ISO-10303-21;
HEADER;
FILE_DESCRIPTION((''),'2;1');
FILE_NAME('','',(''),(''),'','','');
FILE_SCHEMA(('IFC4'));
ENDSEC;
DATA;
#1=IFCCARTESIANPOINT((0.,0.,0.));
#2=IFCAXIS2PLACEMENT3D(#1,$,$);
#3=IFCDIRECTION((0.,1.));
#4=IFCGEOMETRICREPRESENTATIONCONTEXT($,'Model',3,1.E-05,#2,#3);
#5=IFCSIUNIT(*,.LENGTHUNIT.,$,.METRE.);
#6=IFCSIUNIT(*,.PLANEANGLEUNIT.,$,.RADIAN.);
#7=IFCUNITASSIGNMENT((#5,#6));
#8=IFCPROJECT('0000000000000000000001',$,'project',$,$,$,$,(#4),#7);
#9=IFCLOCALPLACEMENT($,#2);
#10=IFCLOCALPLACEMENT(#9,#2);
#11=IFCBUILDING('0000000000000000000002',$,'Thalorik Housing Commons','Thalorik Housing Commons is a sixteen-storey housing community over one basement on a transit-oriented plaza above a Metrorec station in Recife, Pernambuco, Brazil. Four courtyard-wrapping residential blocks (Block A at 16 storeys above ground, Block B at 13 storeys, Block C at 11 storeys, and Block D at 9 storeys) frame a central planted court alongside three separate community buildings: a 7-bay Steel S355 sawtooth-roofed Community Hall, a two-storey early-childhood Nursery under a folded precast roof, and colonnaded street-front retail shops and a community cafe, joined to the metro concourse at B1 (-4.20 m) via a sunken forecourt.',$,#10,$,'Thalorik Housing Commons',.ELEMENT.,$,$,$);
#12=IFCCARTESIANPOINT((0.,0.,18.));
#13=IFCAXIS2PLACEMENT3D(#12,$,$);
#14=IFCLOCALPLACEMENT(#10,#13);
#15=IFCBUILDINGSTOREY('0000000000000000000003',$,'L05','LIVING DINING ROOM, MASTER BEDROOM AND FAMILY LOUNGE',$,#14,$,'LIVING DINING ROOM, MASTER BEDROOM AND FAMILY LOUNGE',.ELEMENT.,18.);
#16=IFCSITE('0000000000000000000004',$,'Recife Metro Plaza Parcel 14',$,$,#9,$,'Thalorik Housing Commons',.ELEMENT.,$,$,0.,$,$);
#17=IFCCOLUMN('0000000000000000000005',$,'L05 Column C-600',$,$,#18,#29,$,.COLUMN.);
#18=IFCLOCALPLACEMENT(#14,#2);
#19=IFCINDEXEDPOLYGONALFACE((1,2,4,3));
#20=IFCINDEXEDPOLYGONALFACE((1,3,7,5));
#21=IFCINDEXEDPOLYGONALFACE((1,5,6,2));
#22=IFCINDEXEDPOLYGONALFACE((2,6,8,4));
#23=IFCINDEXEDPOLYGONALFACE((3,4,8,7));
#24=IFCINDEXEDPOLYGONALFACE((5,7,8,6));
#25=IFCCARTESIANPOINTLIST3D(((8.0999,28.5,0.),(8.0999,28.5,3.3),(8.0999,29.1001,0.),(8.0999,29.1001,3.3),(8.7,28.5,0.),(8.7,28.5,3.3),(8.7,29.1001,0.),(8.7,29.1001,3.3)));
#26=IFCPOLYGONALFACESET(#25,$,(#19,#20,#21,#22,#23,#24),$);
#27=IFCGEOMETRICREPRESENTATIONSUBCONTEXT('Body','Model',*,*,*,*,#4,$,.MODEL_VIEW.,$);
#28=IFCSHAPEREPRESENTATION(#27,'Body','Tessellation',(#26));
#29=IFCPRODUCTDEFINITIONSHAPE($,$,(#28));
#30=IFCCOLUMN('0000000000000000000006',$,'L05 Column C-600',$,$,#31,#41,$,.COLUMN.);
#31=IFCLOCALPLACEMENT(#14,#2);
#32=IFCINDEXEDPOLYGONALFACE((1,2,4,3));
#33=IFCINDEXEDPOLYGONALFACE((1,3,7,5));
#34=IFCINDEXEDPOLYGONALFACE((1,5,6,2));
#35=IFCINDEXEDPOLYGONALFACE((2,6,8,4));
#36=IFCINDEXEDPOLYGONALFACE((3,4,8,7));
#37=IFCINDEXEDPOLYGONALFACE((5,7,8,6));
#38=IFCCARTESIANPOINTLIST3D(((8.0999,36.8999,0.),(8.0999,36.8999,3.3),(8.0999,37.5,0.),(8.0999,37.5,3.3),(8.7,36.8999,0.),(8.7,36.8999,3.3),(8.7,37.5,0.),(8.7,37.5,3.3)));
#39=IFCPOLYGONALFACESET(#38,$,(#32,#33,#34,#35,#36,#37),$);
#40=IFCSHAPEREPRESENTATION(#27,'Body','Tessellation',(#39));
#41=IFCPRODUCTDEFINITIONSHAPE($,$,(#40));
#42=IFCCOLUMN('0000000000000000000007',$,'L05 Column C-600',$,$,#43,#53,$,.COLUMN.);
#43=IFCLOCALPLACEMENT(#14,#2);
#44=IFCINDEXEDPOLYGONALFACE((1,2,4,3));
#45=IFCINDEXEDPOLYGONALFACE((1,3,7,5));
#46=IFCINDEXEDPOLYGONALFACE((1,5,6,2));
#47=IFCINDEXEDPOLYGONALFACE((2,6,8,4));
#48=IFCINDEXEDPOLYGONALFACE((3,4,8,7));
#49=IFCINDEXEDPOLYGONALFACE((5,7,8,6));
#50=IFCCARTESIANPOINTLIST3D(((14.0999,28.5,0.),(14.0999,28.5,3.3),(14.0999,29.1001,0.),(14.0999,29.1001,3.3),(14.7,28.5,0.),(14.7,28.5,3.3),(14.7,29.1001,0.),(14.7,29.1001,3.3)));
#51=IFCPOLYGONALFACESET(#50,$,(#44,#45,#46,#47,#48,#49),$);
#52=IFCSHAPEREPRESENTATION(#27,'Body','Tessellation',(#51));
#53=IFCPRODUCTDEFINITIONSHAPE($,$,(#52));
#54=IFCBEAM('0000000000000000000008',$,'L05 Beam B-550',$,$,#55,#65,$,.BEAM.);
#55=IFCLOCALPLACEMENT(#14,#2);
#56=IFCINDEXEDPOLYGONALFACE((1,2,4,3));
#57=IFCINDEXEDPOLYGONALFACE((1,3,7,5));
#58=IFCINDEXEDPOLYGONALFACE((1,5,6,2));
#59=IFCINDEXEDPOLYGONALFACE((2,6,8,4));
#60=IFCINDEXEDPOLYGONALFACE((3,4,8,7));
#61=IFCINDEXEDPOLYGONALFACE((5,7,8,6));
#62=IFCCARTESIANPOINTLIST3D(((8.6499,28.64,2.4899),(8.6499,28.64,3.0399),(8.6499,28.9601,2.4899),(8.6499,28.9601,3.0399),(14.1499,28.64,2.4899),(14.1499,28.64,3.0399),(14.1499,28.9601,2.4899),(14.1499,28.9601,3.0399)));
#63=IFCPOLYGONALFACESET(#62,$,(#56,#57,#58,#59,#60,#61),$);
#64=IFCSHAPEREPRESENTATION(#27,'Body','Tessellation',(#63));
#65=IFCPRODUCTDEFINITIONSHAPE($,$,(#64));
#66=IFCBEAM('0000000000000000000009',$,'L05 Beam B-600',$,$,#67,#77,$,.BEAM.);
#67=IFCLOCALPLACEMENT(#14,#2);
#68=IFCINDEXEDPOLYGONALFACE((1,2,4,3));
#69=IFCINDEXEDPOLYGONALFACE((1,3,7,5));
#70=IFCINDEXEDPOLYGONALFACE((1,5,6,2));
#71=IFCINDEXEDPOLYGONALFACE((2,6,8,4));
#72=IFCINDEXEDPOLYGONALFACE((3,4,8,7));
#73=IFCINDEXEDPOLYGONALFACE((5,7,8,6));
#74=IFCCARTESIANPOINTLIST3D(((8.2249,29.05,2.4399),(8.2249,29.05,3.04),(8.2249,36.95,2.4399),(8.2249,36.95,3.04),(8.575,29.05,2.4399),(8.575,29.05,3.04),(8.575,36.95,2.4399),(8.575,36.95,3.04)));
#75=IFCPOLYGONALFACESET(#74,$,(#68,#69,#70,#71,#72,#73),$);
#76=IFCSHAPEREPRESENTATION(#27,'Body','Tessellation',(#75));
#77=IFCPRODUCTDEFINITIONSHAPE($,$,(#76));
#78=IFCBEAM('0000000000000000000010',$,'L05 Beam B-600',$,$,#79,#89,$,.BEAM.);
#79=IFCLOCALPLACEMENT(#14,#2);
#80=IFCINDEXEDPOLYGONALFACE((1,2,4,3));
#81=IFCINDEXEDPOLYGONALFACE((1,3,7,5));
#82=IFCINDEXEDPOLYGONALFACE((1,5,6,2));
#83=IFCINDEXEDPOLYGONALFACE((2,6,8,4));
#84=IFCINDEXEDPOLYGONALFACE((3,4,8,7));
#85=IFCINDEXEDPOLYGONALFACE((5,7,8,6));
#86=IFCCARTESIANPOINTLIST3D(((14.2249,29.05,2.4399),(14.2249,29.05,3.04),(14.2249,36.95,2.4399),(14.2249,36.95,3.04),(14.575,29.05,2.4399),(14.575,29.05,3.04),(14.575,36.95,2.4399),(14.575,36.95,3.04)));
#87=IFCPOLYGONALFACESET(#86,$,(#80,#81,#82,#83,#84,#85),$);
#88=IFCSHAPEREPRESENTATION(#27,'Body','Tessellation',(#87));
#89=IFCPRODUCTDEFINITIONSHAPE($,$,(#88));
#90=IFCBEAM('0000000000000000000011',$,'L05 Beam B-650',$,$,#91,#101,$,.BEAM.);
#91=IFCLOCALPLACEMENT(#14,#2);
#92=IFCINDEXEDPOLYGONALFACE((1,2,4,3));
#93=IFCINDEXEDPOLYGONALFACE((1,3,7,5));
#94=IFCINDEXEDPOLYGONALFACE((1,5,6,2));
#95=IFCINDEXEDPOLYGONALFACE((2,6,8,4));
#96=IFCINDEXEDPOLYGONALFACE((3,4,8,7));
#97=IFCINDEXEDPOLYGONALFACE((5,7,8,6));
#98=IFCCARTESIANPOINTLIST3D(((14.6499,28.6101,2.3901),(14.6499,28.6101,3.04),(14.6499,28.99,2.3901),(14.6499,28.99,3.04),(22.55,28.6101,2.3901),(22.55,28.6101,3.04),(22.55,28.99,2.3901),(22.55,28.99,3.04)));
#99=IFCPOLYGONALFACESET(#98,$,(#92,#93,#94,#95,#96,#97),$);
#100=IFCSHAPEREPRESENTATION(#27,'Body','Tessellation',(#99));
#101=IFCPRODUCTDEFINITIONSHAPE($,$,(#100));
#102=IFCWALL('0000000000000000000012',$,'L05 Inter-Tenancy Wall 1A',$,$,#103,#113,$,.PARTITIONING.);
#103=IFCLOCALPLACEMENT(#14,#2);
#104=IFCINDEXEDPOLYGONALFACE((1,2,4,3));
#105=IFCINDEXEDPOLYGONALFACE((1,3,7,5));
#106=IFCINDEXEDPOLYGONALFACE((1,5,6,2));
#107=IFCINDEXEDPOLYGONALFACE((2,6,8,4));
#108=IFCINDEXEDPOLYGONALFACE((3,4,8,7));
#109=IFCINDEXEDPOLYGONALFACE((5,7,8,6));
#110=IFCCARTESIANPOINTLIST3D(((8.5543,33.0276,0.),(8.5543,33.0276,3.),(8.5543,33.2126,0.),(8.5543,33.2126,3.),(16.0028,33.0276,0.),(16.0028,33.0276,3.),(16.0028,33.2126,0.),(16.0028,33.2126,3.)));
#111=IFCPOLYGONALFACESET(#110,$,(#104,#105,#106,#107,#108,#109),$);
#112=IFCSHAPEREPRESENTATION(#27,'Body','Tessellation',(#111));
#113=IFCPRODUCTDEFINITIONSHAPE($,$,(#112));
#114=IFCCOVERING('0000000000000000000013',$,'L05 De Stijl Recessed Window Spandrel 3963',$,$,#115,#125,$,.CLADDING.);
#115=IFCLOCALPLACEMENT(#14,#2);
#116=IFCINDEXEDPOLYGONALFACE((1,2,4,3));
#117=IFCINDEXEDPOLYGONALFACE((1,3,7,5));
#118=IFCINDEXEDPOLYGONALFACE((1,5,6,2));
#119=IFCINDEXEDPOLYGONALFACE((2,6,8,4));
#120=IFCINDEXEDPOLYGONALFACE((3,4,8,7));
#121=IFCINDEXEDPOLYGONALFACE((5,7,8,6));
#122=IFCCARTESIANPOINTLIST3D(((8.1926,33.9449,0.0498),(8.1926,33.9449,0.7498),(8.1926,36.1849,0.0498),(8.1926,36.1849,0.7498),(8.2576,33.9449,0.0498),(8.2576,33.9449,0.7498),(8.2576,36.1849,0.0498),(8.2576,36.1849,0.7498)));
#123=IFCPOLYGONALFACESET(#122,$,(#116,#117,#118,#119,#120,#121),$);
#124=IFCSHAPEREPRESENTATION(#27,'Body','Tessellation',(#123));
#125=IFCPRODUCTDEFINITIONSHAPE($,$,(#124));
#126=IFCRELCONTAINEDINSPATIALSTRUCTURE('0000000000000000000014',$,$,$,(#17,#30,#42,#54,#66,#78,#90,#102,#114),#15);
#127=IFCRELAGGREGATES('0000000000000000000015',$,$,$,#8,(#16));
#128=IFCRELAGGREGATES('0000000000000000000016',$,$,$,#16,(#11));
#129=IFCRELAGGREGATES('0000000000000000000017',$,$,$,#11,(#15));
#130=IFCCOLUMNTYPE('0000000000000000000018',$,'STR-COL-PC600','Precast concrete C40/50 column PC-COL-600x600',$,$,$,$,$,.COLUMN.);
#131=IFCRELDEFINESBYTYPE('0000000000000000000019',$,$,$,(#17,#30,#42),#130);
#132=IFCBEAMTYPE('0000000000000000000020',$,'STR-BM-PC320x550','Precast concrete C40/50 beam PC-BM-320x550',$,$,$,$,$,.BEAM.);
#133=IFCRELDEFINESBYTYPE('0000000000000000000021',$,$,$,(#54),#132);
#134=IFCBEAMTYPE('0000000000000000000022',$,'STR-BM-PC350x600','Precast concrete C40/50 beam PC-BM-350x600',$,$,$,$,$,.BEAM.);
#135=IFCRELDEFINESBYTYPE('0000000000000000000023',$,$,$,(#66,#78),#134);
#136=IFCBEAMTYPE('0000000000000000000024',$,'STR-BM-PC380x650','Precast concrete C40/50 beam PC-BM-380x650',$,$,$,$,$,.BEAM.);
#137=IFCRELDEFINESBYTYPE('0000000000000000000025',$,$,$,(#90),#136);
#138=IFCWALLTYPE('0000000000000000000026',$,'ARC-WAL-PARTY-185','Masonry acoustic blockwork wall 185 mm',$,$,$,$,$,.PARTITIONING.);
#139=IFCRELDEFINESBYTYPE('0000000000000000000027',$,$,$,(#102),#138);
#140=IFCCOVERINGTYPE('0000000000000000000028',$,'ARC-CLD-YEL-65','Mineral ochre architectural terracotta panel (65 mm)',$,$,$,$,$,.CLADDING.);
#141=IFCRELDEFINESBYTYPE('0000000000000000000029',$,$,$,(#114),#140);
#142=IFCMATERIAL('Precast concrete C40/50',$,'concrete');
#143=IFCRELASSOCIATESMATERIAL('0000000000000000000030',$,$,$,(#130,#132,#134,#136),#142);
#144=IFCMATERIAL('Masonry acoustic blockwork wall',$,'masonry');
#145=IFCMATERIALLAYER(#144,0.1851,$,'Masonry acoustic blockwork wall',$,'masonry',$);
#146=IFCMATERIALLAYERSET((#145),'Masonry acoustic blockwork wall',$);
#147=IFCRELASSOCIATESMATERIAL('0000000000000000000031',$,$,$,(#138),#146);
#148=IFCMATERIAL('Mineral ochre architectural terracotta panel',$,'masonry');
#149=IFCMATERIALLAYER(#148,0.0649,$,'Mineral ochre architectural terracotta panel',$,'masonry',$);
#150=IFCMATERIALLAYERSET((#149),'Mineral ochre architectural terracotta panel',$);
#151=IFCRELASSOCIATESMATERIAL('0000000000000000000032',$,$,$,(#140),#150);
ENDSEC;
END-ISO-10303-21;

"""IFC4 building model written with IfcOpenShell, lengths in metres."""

from ifc_helpers import new_model, si_unit, direction, frame, frame_2d, origin, origin_2d, place, context, subcontext, project, spatial, rectangle, extrude, material, layer, layer_set, material_profile, profile_set, type_object, element, save


model = new_model("IFC4")

# Units and contexts
model_context = context("Model", 3, precision=1e-05, world=origin(), true_north=direction((0.0, 1.0)))
body_context = subcontext(model_context, "Body", "Model", "MODEL_VIEW")
ifc_project = project(units=[si_unit("LENGTHUNIT", "METRE"), si_unit("PLANEANGLEUNIT", "RADIAN")], contexts=[model_context])

# Site, building, storey
site_placement = place(None, origin())
site = spatial("IfcSite", under=ifc_project, at=site_placement, Name="Recife Metro Plaza Parcel 14", LongName="Thalorik Housing Commons", CompositionType="ELEMENT", RefElevation=0.0)
building_placement = place(site_placement, origin())
building = spatial("IfcBuilding", under=site, at=building_placement, Name="Thalorik Housing Commons", Description="Thalorik Housing Commons is a sixteen-storey housing community over one basement on a transit-oriented plaza above a Metrorec station in Recife, Pernambuco, Brazil. Four courtyard-wrapping residential blocks (Block A at 16 storeys above ground, Block B at 13 storeys, Block C at 11 storeys, and Block D at 9 storeys) frame a central planted court alongside three separate community buildings: a 7-bay Steel S355 sawtooth-roofed Community Hall, a two-storey early-childhood Nursery under a folded precast roof, and colonnaded street-front retail shops and a community cafe, joined to the metro concourse at B1 (-4.20 m) via a sunken forecourt.", LongName="Thalorik Housing Commons", CompositionType="ELEMENT")
storey_placement = place(building_placement, frame((0.0, 0.0, 18.0)))
storey = spatial("IfcBuildingStorey", under=building, at=storey_placement, Name="L05", Description="LIVING DINING ROOM, MASTER BEDROOM AND FAMILY LOUNGE", LongName="LIVING DINING ROOM, MASTER BEDROOM AND FAMILY LOUNGE", CompositionType="ELEMENT", Elevation=18.0)

# Columns
ifc_material_1 = material(Name="Precast concrete C40/50", Category="concrete")
ifc_material_profile_1 = material_profile(ifc_material_1, rectangle(XDim=0.6001, YDim=0.6001, at=origin_2d()), Name="PC 600x600", Category="concrete")
ifc_profile_set_1 = profile_set([ifc_material_profile_1], Name="Precast concrete C40/50")
column_type = type_object("IfcColumnType", Name="STR-COL-PC600", Description="Precast concrete C40/50 column PC-COL-600x600", PredefinedType="COLUMN", material=ifc_profile_set_1)
for number, where, z_axis, x_axis, name in (
    (1, (8.3999, 28.8, 0.0), (0.0, 0.0, 1.0), (1.0, 0.0, 0.0), "L05 Column C-600"),
    (2, (8.3999, 37.2, 0.0), (0.0, 0.0, 1.0), (1.0, 0.0, 0.0), "L05 Column C-600"),
    (3, (14.3999, 28.8, 0.0), (0.0, 0.0, 1.0), (1.0, 0.0, 0.0), "L05 Column C-600"),
):
    element("IfcColumn", number, at=place(storey_placement, frame(where, z_axis=z_axis, x_axis=x_axis)), inside=storey, type_object=column_type, Name=name, PredefinedType="COLUMN", context=body_context, shape_type="SweptSolid", body=[
        extrude(rectangle(XDim=0.6001, YDim=0.6001, at=origin_2d()), origin(), (0.0, 0.0, 1.0), 3.3),
    ])

# Beams
ifc_material_profile_2 = material_profile(ifc_material_1, rectangle(XDim=0.3201, YDim=0.55, at=origin_2d()), Name="PC 320x550", Category="concrete")
ifc_profile_set_2 = profile_set([ifc_material_profile_2], Name="Precast concrete C40/50")
beam_type_1 = type_object("IfcBeamType", Name="STR-BM-PC320x550", Description="Precast concrete C40/50 beam PC-BM-320x550", PredefinedType="BEAM", material=ifc_profile_set_2)
beam_1_placement = place(storey_placement, frame((8.6499, 28.8, 2.7649), z_axis=(1.0, 0.0, 0.0), x_axis=(0.0, 1.0, 0.0)))
element("IfcBeam", 4, at=beam_1_placement, inside=storey, type_object=beam_type_1, Name="L05 Beam B-550", PredefinedType="BEAM", context=body_context, shape_type="SweptSolid", body=[
    extrude(rectangle(XDim=0.3201, YDim=0.55, at=origin_2d()), origin(), (0.0, 0.0, 1.0), 5.5),
])
ifc_material_profile_3 = material_profile(ifc_material_1, rectangle(XDim=0.3501, YDim=0.6001, at=origin_2d()), Name="PC 350x600", Category="concrete")
ifc_profile_set_3 = profile_set([ifc_material_profile_3], Name="Precast concrete C40/50")
beam_type_2 = type_object("IfcBeamType", Name="STR-BM-PC350x600", Description="Precast concrete C40/50 beam PC-BM-350x600", PredefinedType="BEAM", material=ifc_profile_set_3)
for number, where, z_axis, x_axis, name in (
    (5, (8.3999, 29.05, 2.74), (0.0, 1.0, 0.0), (-1.0, 0.0, 0.0), "L05 Beam B-600"),
    (6, (14.3999, 29.05, 2.74), (0.0, 1.0, 0.0), (-1.0, 0.0, 0.0), "L05 Beam B-600"),
):
    element("IfcBeam", number, at=place(storey_placement, frame(where, z_axis=z_axis, x_axis=x_axis)), inside=storey, type_object=beam_type_2, Name=name, PredefinedType="BEAM", context=body_context, shape_type="SweptSolid", body=[
        extrude(rectangle(XDim=0.3501, YDim=0.6001, at=origin_2d()), origin(), (0.0, 0.0, 1.0), 7.8999),
    ])
ifc_material_profile_4 = material_profile(ifc_material_1, rectangle(XDim=0.3799, YDim=0.6499, at=origin_2d()), Name="PC 380x650", Category="concrete")
ifc_profile_set_4 = profile_set([ifc_material_profile_4], Name="Precast concrete C40/50")
beam_type_3 = type_object("IfcBeamType", Name="STR-BM-PC380x650", Description="Precast concrete C40/50 beam PC-BM-380x650", PredefinedType="BEAM", material=ifc_profile_set_4)
beam_2_placement = place(storey_placement, frame((14.6499, 28.8, 2.7151), z_axis=(1.0, 0.0, 0.0), x_axis=(0.0, 1.0, 0.0)))
element("IfcBeam", 7, at=beam_2_placement, inside=storey, type_object=beam_type_3, Name="L05 Beam B-650", PredefinedType="BEAM", context=body_context, shape_type="SweptSolid", body=[
    extrude(rectangle(XDim=0.3799, YDim=0.6499, at=origin_2d()), origin(), (0.0, 0.0, 1.0), 7.9001),
])

# Wall
ifc_material_2 = material(Name="Masonry acoustic blockwork wall", Category="masonry")
ifc_layer_1 = layer(ifc_material_2, 0.1851, Name="Masonry acoustic blockwork wall", Category="masonry")
ifc_layer_set_1 = layer_set([ifc_layer_1], Name="Masonry acoustic blockwork wall")
wall_type_1 = type_object("IfcWallType", Name="ARC-WAL-PARTY-185", Description="Masonry acoustic blockwork wall 185 mm", PredefinedType="PARTITIONING", material=ifc_layer_set_1)
wall_1_placement = place(storey_placement, frame((8.5544, 33.1201, 0.0), z_axis=(0.0, 0.0, 1.0), x_axis=(1.0, 0.0, 0.0)))
element("IfcWall", 8, at=wall_1_placement, inside=storey, type_object=wall_type_1, Name="L05 Inter-Tenancy Wall 1A", PredefinedType="PARTITIONING", context=body_context, shape_type="SweptSolid", body=[
    extrude(rectangle(XDim=7.4485, YDim=0.1851, at=frame_2d((3.7241, 0.0))), origin(), (0.0, 0.0, 1.0), 3.0),
])

# Covering
ifc_material_3 = material(Name="Mineral ochre architectural terracotta panel", Category="masonry")
ifc_layer_2 = layer(ifc_material_3, 0.0649, Name="Mineral ochre architectural terracotta panel", Category="masonry")
ifc_layer_set_2 = layer_set([ifc_layer_2], Name="Mineral ochre architectural terracotta panel")
covering_type_1 = type_object("IfcCoveringType", Name="ARC-CLD-YEL-65", Description="Mineral ochre architectural terracotta panel (65 mm)", PredefinedType="CLADDING", material=ifc_layer_set_2)
covering_1_placement = place(storey_placement, frame((8.2251, 35.0649, 0.0498), z_axis=(0.0, 0.0, 1.0), x_axis=(0.0, -1.0, 0.0)))
element("IfcCovering", 9, at=covering_1_placement, inside=storey, type_object=covering_type_1, Name="L05 De Stijl Recessed Window Spandrel 3963", PredefinedType="CLADDING", context=body_context, shape_type="SweptSolid", body=[
    extrude(rectangle(XDim=2.24, YDim=0.0649, at=origin_2d()), origin(), (0.0, 0.0, 1.0), 0.7),
])

save(model, "model.ifc")
